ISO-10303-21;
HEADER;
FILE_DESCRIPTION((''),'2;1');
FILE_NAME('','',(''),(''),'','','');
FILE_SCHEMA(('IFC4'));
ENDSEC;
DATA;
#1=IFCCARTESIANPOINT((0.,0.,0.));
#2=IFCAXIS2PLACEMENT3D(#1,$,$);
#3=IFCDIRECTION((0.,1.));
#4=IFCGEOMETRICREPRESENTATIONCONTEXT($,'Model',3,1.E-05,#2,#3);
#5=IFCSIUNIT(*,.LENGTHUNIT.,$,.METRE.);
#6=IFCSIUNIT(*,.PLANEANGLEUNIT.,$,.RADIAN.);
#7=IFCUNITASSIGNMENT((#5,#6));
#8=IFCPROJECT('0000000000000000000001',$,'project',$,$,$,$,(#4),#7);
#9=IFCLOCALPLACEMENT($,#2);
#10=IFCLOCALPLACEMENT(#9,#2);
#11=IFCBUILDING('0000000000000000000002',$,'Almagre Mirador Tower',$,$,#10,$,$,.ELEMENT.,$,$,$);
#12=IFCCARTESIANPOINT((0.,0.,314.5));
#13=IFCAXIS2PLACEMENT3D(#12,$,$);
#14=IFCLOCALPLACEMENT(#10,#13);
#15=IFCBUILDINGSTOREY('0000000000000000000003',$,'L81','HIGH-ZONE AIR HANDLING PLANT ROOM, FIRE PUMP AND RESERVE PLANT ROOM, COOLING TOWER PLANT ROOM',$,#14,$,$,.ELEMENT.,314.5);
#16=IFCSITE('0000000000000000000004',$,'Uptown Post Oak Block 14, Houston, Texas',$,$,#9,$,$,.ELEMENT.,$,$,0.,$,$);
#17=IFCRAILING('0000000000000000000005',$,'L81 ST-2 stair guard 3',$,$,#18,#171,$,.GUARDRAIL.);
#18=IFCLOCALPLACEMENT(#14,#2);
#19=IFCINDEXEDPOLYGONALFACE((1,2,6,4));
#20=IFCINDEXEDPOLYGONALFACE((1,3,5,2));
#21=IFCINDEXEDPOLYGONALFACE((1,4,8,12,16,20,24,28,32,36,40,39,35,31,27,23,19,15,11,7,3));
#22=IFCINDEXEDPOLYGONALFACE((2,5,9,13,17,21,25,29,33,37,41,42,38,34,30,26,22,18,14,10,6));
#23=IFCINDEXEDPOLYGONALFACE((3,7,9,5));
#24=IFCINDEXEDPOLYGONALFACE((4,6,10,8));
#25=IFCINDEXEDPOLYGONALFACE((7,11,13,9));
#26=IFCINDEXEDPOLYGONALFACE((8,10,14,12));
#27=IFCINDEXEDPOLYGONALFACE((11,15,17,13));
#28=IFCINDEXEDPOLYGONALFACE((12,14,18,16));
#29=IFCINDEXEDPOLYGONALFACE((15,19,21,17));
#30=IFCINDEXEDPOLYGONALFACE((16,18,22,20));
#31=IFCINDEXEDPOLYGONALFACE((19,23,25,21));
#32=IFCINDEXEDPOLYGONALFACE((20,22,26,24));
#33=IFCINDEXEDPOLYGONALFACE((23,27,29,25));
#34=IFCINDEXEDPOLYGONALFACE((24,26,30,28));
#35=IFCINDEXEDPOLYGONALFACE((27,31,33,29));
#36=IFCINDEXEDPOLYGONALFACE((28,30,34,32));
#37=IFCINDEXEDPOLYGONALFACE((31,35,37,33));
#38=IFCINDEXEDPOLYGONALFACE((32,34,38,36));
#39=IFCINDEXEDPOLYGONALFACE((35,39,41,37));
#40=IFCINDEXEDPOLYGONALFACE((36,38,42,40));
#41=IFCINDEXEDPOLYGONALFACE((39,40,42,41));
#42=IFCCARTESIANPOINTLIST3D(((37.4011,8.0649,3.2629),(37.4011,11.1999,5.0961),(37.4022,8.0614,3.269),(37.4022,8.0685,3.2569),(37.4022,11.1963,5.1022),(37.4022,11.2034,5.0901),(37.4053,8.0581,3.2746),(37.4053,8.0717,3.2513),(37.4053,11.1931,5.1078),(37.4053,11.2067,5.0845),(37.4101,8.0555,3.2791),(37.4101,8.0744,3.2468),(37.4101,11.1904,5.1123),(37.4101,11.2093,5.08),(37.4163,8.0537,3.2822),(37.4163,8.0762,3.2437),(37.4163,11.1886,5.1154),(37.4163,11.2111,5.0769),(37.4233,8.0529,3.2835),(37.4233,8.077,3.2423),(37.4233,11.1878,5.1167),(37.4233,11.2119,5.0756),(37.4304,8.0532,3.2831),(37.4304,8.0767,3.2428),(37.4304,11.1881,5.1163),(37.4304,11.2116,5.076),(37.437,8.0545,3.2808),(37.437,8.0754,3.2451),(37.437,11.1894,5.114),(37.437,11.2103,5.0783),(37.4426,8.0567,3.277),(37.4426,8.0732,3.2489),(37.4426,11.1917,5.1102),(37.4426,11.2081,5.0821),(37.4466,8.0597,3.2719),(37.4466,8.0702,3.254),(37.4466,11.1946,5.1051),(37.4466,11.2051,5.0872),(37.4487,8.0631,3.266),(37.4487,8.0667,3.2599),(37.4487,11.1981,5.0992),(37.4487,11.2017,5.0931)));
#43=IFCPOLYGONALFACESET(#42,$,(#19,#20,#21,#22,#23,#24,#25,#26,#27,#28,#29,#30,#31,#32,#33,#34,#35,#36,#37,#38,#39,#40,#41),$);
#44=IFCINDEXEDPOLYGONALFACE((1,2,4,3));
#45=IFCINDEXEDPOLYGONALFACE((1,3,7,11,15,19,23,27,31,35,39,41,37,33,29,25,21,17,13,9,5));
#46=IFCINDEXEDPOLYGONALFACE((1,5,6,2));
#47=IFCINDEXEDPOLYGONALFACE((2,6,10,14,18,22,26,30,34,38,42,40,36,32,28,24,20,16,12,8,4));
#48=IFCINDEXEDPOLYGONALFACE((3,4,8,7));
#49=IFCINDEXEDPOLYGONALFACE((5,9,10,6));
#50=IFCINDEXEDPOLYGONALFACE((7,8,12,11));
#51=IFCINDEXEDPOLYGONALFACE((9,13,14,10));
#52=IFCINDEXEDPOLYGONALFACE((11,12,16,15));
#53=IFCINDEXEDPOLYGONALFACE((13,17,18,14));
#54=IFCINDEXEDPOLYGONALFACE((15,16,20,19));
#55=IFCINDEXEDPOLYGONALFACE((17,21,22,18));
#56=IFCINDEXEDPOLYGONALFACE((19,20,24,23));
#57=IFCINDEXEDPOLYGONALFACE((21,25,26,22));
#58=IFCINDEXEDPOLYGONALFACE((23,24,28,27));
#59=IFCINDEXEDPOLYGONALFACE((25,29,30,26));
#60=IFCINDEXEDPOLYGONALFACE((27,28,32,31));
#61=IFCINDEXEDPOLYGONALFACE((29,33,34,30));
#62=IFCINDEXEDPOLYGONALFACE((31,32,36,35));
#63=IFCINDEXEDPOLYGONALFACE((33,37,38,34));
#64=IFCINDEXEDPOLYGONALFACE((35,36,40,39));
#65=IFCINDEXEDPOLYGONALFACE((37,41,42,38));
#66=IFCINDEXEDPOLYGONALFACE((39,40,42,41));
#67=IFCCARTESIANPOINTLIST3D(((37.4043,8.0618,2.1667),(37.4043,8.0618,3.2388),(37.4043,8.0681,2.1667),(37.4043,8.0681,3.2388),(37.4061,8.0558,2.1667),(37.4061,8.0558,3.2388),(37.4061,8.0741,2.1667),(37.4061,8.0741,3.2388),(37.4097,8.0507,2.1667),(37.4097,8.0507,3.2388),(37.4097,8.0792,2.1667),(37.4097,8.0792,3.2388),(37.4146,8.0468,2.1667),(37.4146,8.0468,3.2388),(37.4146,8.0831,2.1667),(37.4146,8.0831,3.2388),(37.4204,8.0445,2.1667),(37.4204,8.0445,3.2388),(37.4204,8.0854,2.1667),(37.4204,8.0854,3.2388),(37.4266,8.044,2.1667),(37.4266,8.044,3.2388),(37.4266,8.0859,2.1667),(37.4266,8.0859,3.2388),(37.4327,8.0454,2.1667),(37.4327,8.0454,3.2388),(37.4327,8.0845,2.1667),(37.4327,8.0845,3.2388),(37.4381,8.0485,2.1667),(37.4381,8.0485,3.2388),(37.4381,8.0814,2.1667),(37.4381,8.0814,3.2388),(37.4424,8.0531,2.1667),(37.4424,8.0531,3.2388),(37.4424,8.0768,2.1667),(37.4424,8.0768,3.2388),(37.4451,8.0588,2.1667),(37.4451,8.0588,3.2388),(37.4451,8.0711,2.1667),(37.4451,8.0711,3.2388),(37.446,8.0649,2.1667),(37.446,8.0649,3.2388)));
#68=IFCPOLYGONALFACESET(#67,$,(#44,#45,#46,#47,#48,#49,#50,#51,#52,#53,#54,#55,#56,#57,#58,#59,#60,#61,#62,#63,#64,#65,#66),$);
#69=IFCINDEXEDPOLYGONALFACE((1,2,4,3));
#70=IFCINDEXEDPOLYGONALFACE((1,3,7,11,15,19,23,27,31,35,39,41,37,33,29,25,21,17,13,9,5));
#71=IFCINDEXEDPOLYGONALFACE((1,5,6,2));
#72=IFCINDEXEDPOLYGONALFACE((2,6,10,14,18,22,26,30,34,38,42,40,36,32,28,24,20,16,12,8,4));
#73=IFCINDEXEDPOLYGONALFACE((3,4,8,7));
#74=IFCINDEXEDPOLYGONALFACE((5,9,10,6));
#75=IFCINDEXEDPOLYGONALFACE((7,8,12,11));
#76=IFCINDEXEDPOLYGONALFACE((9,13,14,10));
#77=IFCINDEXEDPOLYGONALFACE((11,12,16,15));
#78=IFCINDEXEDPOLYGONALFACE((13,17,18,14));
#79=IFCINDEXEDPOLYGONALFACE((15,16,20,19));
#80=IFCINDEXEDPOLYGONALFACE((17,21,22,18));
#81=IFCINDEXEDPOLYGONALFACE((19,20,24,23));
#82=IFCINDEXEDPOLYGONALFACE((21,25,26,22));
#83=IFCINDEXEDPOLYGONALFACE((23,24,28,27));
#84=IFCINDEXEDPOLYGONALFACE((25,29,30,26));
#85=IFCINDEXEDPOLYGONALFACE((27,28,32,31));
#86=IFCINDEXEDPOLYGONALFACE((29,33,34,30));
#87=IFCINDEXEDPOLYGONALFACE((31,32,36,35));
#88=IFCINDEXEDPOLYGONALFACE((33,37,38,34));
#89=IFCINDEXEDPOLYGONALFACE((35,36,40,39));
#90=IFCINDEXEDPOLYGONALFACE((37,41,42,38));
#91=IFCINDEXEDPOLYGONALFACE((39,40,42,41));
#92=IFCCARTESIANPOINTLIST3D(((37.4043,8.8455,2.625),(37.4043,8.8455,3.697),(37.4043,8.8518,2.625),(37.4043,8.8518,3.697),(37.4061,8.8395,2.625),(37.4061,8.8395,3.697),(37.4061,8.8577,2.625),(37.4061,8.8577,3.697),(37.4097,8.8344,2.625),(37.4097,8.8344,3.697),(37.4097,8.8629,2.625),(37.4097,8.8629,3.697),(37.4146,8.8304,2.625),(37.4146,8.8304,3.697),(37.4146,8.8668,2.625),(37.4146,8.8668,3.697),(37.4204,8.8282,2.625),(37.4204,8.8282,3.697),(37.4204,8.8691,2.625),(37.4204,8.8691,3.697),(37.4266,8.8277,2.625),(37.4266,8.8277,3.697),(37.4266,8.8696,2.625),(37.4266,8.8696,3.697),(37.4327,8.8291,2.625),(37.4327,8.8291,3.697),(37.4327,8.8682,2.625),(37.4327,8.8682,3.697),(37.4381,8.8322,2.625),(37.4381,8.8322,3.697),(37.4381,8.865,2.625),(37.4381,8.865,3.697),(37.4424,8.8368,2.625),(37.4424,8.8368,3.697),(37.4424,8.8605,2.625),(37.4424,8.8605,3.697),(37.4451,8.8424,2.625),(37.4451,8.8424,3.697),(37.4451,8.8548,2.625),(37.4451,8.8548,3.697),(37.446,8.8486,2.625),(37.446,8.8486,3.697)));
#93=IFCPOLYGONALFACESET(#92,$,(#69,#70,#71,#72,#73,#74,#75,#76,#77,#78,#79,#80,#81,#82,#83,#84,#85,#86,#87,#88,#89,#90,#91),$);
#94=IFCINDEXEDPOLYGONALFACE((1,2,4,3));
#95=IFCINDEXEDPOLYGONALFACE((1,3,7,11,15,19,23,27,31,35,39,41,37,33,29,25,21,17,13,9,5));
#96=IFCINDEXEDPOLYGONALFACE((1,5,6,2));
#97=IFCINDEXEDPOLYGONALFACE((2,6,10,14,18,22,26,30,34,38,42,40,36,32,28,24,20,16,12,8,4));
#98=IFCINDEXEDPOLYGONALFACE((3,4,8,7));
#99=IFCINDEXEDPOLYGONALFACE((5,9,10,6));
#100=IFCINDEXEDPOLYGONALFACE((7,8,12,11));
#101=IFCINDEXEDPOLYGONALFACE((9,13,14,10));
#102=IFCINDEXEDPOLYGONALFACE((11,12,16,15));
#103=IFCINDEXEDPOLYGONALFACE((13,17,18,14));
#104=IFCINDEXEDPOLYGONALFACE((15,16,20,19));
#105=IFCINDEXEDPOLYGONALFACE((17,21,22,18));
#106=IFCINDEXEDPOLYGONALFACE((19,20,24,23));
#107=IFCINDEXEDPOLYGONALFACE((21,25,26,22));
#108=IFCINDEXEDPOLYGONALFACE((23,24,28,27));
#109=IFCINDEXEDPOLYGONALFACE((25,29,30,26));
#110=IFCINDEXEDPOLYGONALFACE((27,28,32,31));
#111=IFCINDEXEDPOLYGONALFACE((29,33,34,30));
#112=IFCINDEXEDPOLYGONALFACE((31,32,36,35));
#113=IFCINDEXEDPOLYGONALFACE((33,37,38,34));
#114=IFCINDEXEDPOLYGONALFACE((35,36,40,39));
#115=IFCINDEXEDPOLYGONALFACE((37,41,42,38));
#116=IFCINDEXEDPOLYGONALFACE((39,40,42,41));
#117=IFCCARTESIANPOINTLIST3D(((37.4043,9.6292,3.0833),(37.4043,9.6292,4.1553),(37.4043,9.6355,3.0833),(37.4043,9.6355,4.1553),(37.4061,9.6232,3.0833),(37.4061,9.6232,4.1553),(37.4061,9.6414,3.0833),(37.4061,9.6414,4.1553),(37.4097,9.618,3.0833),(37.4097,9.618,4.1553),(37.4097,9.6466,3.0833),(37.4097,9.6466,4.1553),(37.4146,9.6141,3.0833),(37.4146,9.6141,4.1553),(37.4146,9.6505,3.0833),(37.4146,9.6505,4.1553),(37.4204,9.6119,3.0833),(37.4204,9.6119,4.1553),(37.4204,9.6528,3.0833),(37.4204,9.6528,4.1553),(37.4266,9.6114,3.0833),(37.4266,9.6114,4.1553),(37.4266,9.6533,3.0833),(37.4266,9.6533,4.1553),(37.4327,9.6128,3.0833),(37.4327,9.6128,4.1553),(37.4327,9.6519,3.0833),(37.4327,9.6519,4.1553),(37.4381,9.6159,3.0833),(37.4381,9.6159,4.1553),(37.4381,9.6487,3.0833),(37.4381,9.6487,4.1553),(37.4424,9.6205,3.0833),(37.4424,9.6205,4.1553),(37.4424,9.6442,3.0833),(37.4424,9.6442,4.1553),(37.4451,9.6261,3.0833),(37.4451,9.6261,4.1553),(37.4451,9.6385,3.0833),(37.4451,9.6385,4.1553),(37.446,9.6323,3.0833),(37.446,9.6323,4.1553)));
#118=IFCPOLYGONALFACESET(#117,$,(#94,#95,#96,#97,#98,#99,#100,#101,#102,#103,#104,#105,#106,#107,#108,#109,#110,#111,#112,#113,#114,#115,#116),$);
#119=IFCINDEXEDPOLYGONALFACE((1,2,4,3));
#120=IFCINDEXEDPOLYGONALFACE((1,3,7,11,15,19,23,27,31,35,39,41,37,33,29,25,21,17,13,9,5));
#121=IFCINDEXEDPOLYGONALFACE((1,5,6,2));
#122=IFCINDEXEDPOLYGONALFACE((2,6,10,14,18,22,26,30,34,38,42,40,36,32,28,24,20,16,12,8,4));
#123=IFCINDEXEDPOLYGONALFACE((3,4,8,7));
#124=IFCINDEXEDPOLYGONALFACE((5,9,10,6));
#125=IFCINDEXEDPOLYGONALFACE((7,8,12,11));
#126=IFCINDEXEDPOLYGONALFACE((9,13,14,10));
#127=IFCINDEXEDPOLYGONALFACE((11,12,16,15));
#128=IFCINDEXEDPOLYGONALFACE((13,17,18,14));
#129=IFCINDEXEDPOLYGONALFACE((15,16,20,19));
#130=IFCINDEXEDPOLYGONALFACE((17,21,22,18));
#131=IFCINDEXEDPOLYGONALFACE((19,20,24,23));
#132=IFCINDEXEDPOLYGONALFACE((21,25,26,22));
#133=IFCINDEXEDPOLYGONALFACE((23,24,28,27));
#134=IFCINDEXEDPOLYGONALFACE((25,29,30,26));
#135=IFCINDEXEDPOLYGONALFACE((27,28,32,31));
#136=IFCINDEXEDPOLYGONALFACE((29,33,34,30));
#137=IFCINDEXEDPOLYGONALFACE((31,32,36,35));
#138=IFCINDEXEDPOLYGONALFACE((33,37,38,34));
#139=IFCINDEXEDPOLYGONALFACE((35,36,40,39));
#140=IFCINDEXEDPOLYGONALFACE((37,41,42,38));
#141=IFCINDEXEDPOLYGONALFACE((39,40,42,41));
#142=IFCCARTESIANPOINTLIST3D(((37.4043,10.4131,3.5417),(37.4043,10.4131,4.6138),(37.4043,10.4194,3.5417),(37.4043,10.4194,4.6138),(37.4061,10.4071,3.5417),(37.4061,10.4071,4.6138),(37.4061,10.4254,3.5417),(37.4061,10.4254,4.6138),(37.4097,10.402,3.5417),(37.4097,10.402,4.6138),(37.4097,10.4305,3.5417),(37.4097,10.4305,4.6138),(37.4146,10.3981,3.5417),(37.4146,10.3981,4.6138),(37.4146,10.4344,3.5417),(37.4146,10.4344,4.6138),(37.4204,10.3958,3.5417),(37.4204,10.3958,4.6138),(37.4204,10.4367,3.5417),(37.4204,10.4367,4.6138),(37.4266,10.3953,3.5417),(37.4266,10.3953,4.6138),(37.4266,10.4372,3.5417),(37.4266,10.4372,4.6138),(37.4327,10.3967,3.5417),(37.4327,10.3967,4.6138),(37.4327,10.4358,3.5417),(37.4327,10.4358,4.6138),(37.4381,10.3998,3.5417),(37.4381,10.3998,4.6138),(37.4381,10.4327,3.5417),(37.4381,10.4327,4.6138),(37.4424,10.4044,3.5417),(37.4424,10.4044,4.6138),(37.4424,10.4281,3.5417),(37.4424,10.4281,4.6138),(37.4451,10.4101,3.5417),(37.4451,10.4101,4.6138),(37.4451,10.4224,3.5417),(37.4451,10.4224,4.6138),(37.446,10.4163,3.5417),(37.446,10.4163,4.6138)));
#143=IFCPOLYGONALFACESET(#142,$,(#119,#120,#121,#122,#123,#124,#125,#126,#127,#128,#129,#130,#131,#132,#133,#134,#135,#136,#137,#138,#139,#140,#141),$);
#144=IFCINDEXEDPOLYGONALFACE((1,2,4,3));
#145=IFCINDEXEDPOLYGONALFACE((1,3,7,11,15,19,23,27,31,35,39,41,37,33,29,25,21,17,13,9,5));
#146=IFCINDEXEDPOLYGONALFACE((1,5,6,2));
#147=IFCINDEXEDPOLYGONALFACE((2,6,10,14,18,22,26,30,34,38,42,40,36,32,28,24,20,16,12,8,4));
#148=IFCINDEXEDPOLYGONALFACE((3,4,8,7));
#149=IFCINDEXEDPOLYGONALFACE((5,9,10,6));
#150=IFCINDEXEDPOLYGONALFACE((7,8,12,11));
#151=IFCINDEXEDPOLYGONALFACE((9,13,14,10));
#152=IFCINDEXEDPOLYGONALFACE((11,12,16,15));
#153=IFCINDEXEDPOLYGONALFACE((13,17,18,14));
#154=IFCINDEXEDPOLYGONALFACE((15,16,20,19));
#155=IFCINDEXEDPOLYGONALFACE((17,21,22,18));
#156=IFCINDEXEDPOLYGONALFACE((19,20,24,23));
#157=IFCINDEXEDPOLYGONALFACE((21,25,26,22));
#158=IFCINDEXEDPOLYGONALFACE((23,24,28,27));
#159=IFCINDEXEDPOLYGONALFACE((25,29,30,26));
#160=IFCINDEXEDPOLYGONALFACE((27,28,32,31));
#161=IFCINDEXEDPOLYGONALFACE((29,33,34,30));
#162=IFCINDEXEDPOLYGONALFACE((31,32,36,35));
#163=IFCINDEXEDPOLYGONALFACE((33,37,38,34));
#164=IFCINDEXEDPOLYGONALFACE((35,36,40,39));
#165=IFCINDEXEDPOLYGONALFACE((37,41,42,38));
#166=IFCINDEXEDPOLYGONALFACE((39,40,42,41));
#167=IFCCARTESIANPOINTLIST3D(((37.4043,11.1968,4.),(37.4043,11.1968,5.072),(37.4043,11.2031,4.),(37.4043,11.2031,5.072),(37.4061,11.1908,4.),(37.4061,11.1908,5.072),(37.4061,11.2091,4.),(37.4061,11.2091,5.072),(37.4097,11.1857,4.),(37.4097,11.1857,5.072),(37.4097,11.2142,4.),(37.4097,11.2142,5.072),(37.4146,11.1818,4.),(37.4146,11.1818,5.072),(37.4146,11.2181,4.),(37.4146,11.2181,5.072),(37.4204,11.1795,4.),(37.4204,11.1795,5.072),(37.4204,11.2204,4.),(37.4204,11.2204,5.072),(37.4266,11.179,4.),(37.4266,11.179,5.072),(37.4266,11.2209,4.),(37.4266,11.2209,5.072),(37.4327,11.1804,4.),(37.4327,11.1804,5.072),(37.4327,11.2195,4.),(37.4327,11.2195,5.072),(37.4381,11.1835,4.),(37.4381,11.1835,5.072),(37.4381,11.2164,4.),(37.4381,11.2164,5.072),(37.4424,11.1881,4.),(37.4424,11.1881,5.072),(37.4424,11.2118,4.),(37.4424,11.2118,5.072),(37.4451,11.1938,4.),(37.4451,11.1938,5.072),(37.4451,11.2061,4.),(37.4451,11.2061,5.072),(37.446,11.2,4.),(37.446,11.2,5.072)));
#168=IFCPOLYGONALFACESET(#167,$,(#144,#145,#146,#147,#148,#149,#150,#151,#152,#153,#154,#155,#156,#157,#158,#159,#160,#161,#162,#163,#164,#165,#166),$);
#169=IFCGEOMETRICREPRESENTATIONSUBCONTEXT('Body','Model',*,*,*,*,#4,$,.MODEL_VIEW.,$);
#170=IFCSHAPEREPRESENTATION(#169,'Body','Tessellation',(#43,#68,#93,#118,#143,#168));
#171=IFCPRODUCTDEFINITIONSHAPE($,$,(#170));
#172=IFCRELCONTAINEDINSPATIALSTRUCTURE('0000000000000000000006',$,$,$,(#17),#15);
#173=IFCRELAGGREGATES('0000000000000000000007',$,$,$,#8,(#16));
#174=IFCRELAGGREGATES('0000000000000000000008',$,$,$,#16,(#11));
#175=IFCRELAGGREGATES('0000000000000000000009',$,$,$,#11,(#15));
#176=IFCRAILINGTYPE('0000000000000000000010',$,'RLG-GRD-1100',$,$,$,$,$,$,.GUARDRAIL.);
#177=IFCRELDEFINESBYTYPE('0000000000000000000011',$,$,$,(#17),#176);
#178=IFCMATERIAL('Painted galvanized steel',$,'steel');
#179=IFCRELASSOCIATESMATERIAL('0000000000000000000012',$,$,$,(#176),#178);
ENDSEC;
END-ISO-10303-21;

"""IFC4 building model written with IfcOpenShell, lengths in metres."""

from ifc_helpers import new_model, si_unit, direction, frame, origin, origin_2d, place, context, subcontext, project, spatial, circle, extrude, material, type_object, element, save


model = new_model("IFC4")

# Units and contexts
model_context = context("Model", 3, precision=1e-05, world=origin(), true_north=direction((0.0, 1.0)))
body_context = subcontext(model_context, "Body", "Model", "MODEL_VIEW")
ifc_project = project(units=[si_unit("LENGTHUNIT", "METRE"), si_unit("PLANEANGLEUNIT", "RADIAN")], contexts=[model_context])

# Site, building, storey
site_placement = place(None, origin())
site = spatial("IfcSite", under=ifc_project, at=site_placement, Name="Uptown Post Oak Block 14, Houston, Texas", CompositionType="ELEMENT", RefElevation=0.0)
building_placement = place(site_placement, origin())
building = spatial("IfcBuilding", under=site, at=building_placement, Name="Almagre Mirador Tower", CompositionType="ELEMENT")
storey_placement = place(building_placement, frame((0.0, 0.0, 314.5)))
storey = spatial("IfcBuildingStorey", under=building, at=storey_placement, Name="L81", Description="HIGH-ZONE AIR HANDLING PLANT ROOM, FIRE PUMP AND RESERVE PLANT ROOM, COOLING TOWER PLANT ROOM", CompositionType="ELEMENT", Elevation=314.5)

# Railing
ifc_material_1 = material(Name="Painted galvanized steel", Category="steel")
railing_type_1 = type_object("IfcRailingType", Name="RLG-GRD-1100", PredefinedType="GUARDRAIL", material=ifc_material_1)
railing_1_placement = place(storey_placement, frame((37.425, 8.0649, 2.1667)))
element("IfcRailing", 1, at=railing_1_placement, inside=storey, type_object=railing_type_1, Name="L81 ST-2 stair guard 3", PredefinedType="GUARDRAIL", context=body_context, shape_type="SweptSolid", body=[
    extrude(circle(Radius=0.0239, at=origin_2d()), frame((0.0, 0.0, 1.0962), z_axis=(0.0, 0.86324, 0.504794), x_axis=(-1.0, 0.0, 0.0)), (0.0, 0.0, 1.0), 3.6316),
    extrude(circle(Radius=0.021, at=origin_2d()), origin(), (0.0, 0.0, 1.0), 1.072),
    extrude(circle(Radius=0.021, at=origin_2d()), frame((0.0, 0.7837, 0.4583)), (0.0, 0.0, 1.0), 1.072),
    extrude(circle(Radius=0.021, at=origin_2d()), frame((0.0, 1.5674, 0.9165)), (0.0, 0.0, 1.0), 1.072),
    extrude(circle(Radius=0.021, at=origin_2d()), frame((0.0, 2.3513, 1.375)), (0.0, 0.0, 1.0), 1.072),
    extrude(circle(Radius=0.021, at=origin_2d()), frame((0.0, 3.135, 1.8333)), (0.0, 0.0, 1.0), 1.072),
])

save(model, "model.ifc")
